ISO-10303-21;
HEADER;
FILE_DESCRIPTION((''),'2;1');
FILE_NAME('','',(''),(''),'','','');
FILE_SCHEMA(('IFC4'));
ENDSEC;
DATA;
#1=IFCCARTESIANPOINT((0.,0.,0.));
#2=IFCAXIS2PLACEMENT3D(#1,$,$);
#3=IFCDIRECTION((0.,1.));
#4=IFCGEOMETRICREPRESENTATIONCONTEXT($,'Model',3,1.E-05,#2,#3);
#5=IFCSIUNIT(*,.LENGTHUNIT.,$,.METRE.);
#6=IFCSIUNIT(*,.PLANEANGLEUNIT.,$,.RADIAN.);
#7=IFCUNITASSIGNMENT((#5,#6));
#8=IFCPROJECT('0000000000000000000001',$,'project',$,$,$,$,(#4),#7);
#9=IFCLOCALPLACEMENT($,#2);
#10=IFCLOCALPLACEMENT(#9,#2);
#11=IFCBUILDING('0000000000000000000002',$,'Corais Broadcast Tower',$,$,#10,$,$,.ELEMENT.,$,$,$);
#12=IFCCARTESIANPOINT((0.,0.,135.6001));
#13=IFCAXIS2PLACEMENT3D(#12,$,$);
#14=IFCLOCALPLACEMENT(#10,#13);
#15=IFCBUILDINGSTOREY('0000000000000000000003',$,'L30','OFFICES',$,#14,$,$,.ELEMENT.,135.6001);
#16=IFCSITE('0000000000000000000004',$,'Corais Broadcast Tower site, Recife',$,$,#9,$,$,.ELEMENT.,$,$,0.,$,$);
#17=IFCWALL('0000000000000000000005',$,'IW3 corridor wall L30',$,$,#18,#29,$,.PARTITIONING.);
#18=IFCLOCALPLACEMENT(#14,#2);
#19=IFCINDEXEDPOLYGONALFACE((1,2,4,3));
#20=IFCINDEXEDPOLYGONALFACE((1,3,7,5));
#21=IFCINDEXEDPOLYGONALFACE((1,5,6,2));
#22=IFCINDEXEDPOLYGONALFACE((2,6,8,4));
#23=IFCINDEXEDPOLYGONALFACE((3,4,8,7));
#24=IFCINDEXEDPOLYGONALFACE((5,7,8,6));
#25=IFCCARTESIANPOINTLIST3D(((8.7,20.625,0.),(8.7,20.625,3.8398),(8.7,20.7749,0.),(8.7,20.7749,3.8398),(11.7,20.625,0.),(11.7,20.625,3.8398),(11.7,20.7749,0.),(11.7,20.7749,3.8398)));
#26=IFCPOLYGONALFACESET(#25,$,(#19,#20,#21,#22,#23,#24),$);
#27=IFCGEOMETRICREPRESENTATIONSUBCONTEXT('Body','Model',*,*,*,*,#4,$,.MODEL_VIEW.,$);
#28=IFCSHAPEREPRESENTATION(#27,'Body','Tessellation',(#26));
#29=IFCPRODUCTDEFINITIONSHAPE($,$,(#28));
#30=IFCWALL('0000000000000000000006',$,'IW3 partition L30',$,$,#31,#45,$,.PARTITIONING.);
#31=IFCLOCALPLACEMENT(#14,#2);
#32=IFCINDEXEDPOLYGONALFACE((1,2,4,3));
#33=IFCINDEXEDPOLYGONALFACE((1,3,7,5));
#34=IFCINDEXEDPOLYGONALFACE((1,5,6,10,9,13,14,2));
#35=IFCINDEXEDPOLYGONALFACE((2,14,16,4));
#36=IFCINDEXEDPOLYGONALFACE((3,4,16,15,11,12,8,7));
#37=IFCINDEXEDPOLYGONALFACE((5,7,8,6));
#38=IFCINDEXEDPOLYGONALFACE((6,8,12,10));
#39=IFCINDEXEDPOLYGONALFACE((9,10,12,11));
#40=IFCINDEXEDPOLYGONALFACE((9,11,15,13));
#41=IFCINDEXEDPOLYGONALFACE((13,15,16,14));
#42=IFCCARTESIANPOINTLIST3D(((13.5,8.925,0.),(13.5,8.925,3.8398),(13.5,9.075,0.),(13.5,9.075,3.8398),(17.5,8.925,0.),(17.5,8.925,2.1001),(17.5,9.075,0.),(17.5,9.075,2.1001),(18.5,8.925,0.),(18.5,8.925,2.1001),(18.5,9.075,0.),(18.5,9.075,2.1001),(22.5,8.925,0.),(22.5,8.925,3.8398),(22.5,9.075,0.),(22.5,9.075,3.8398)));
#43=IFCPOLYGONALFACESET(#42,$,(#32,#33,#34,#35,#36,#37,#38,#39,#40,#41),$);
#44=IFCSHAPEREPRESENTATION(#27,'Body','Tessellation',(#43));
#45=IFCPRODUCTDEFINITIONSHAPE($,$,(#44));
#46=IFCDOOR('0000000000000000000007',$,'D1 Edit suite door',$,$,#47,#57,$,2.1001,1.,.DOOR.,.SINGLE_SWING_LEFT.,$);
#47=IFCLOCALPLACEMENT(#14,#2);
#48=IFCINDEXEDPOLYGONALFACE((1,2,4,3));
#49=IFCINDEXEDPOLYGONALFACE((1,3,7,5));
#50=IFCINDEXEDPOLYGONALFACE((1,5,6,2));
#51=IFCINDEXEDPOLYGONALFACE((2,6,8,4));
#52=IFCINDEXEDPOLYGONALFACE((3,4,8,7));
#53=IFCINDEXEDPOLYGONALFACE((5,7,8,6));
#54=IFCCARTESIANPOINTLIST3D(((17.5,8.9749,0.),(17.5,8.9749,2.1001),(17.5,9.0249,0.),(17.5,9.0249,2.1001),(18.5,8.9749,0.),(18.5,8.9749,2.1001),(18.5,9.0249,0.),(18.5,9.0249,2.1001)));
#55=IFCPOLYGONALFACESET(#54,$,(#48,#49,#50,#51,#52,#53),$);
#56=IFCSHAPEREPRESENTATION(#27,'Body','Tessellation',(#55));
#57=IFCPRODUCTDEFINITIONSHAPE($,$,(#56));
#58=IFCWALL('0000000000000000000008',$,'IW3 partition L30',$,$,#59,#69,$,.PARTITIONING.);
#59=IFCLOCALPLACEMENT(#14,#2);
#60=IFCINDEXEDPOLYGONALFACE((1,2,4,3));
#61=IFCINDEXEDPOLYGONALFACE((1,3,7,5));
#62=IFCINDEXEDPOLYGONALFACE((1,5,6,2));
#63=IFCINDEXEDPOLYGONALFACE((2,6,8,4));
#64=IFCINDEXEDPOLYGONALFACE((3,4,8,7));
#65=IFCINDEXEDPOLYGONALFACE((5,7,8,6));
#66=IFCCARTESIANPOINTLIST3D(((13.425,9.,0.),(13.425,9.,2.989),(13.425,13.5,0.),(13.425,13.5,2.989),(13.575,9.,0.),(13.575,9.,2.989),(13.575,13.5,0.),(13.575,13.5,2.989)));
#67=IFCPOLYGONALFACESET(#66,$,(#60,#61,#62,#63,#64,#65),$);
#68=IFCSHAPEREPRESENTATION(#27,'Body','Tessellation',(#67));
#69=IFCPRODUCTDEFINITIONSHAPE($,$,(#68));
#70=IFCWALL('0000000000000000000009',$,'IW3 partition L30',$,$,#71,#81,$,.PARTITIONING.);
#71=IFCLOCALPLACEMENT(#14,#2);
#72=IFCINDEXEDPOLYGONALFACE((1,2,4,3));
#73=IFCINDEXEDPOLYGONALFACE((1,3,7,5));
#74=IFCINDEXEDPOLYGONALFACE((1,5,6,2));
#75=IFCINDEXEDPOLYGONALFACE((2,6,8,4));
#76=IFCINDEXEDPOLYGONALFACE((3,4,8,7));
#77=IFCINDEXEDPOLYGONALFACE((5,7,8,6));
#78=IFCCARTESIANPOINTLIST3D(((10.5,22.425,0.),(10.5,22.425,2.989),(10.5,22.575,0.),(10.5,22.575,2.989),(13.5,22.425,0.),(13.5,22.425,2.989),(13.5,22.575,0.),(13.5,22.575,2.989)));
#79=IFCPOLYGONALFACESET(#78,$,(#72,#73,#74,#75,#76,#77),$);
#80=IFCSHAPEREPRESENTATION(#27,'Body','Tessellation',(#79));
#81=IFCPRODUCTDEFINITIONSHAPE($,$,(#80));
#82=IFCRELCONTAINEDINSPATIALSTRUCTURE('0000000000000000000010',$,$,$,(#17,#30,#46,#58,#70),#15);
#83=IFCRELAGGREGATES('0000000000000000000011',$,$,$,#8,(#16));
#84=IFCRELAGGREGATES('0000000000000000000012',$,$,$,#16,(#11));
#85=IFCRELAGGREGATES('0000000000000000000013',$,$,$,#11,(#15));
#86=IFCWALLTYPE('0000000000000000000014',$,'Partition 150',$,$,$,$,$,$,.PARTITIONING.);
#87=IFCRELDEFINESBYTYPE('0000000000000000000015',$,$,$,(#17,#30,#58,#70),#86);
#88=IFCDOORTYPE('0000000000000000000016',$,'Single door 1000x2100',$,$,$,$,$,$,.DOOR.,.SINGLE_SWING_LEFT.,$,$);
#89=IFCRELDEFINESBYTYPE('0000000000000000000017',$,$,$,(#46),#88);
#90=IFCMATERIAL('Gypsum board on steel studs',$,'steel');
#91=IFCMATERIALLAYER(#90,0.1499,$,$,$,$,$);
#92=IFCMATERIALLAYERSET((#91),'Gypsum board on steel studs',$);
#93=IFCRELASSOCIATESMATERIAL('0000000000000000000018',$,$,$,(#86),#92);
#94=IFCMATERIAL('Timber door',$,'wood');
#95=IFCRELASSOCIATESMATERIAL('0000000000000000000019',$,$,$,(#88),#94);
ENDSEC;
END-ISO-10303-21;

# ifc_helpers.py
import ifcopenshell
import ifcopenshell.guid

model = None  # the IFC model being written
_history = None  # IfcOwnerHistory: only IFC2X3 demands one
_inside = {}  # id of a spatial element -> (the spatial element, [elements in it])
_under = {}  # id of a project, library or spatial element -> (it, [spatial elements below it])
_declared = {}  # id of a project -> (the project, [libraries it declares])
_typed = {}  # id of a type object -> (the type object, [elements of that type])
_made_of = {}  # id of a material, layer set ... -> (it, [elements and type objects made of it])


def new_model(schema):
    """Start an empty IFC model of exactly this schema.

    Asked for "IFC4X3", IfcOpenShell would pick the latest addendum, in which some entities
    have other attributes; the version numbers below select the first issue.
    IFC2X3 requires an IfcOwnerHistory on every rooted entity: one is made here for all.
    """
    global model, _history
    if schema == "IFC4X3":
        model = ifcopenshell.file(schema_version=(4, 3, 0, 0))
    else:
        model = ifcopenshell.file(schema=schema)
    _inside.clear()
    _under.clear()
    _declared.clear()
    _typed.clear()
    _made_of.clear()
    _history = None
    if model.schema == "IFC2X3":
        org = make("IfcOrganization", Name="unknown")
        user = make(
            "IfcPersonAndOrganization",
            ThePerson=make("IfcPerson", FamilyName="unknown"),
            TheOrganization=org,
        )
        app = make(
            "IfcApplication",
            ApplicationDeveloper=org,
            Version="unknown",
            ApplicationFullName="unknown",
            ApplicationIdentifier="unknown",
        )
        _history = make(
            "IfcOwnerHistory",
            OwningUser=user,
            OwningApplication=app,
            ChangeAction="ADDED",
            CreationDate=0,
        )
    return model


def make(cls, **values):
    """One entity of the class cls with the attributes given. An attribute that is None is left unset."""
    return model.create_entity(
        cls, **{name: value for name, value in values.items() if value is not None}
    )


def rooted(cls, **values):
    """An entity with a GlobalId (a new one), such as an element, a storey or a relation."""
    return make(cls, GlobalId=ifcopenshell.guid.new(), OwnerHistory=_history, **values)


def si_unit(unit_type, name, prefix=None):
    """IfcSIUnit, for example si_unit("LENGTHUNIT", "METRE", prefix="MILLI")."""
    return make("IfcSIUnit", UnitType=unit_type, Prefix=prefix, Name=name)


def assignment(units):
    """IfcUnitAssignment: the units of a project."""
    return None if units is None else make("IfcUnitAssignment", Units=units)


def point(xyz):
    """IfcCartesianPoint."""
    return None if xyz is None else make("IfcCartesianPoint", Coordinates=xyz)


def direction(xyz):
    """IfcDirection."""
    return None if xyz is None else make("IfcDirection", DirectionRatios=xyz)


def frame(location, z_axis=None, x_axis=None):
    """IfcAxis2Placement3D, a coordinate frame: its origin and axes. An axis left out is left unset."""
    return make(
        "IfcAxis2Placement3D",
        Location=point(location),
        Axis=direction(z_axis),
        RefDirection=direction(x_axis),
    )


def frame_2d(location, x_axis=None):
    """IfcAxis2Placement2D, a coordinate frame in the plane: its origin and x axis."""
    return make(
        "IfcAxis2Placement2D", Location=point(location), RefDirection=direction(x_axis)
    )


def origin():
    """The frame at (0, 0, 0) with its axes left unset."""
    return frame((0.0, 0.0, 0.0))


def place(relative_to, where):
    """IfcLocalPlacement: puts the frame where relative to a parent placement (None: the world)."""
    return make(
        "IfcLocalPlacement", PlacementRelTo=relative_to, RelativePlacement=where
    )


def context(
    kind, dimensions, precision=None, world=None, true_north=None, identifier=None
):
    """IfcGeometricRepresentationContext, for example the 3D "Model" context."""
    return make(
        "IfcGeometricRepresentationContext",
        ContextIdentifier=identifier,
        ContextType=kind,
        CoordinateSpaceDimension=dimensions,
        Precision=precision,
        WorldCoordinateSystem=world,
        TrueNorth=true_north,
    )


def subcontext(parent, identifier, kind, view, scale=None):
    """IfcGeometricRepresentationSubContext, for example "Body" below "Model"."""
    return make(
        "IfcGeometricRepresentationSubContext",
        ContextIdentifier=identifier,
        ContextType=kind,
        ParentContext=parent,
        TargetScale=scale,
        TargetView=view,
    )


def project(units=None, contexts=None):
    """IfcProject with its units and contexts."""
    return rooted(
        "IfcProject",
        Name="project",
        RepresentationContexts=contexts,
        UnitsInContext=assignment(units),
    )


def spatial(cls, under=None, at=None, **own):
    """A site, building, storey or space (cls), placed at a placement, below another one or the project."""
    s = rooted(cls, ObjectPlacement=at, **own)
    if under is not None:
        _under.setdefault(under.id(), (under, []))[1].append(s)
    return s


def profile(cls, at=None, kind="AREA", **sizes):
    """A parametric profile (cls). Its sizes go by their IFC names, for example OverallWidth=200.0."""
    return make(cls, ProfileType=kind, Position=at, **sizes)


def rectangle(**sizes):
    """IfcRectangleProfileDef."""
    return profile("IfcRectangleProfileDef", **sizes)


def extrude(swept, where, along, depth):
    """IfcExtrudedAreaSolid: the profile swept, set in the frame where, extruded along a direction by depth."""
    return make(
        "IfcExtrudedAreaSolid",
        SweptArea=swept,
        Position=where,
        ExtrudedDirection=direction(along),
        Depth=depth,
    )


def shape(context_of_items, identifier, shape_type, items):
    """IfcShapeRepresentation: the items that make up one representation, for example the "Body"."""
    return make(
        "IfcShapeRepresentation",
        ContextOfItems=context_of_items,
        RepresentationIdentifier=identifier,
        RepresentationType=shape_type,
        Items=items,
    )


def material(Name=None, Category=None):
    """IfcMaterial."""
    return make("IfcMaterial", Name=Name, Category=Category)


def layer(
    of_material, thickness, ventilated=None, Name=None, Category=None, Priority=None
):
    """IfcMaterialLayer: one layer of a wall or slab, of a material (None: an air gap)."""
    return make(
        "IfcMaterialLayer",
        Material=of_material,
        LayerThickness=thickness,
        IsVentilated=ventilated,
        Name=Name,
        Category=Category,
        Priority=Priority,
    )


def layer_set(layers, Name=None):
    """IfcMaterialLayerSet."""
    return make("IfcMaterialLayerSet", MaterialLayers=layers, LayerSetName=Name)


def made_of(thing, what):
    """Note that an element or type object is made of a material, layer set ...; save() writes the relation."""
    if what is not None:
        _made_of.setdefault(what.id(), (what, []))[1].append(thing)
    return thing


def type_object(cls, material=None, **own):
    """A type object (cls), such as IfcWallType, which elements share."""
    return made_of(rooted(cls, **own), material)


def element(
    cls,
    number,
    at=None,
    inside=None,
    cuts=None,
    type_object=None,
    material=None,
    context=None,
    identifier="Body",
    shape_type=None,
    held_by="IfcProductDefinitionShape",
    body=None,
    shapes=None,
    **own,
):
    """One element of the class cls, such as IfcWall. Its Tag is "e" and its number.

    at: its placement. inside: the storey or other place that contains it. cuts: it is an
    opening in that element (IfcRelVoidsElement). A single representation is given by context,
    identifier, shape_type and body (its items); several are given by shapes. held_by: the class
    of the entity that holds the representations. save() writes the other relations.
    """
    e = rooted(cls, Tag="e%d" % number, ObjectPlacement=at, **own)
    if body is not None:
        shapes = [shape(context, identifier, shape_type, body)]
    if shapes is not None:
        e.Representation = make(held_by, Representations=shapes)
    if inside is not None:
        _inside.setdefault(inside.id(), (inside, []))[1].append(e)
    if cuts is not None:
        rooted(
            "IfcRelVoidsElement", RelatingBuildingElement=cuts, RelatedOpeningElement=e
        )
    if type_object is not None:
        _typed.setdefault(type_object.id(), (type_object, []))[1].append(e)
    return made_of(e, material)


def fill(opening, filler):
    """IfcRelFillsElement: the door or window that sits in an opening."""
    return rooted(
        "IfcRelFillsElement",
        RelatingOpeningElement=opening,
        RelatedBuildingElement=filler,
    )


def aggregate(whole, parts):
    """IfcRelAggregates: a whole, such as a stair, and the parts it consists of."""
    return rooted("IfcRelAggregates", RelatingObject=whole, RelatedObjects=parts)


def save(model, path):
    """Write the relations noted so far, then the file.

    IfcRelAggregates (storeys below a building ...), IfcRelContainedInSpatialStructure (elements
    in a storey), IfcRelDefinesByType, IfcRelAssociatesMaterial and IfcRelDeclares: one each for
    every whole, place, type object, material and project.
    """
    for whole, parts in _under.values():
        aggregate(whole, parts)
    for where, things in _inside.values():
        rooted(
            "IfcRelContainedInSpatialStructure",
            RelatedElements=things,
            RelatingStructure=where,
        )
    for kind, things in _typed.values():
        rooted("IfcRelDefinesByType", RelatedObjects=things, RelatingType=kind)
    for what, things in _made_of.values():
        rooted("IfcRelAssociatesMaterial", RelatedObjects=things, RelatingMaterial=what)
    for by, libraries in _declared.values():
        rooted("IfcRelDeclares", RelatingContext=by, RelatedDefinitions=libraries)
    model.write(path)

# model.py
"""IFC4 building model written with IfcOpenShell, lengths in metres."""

from ifc_helpers import new_model, si_unit, direction, frame, frame_2d, origin, place, context, subcontext, project, spatial, rectangle, extrude, material, layer, layer_set, type_object, element, fill, save


model = new_model("IFC4")

# Units and contexts
model_context = context("Model", 3, precision=1e-05, world=origin(), true_north=direction((0.0, 1.0)))
body_context = subcontext(model_context, "Body", "Model", "MODEL_VIEW")
ifc_project = project(units=[si_unit("LENGTHUNIT", "METRE"), si_unit("PLANEANGLEUNIT", "RADIAN")], contexts=[model_context])

# Site, building, storey
site_placement = place(None, origin())
site = spatial("IfcSite", under=ifc_project, at=site_placement, Name="Corais Broadcast Tower site, Recife", CompositionType="ELEMENT", RefElevation=0.0)
building_placement = place(site_placement, origin())
building = spatial("IfcBuilding", under=site, at=building_placement, Name="Corais Broadcast Tower", CompositionType="ELEMENT")
storey_placement = place(building_placement, frame((0.0, 0.0, 135.6001)))
storey = spatial("IfcBuildingStorey", under=building, at=storey_placement, Name="L30", Description="OFFICES", CompositionType="ELEMENT", Elevation=135.6001)

# Shared definitions
ifc_material_1 = material(Name="Gypsum board on steel studs", Category="steel")
ifc_layer_1 = layer(ifc_material_1, 0.1499)
ifc_layer_set_1 = layer_set([ifc_layer_1], Name="Gypsum board on steel studs")
wall_type_1 = type_object("IfcWallType", Name="Partition 150", PredefinedType="PARTITIONING", material=ifc_layer_set_1)
ifc_material_2 = material(Name="Timber door", Category="wood")
door_type = type_object("IfcDoorType", Name="Single door 1000x2100", OperationType="SINGLE_SWING_LEFT", PredefinedType="DOOR", material=ifc_material_2)

# Wall
wall_1_placement = place(storey_placement, frame((8.7, 20.7, 0.0), z_axis=(0.0, 0.0, 1.0), x_axis=(1.0, 0.0, 0.0)))
element("IfcWall", 1, at=wall_1_placement, inside=storey, type_object=wall_type_1, Name="IW3 corridor wall L30", PredefinedType="PARTITIONING", context=body_context, shape_type="SweptSolid", body=[
    extrude(rectangle(XDim=3.0, YDim=0.1499, at=frame_2d((1.5, 0.0))), origin(), (0.0, 0.0, 1.0), 3.8398),
])

# Wall, opening, door
wall_2_placement = place(storey_placement, frame((13.5, 9.0, 0.0), z_axis=(0.0, 0.0, 1.0), x_axis=(1.0, 0.0, 0.0)))
wall_2 = element("IfcWall", 2, at=wall_2_placement, inside=storey, type_object=wall_type_1, Name="IW3 partition L30", PredefinedType="PARTITIONING", context=body_context, shape_type="SweptSolid", body=[
    extrude(rectangle(XDim=9.0, YDim=0.1499, at=frame_2d((4.5, 0.0))), origin(), (0.0, 0.0, 1.0), 3.8398),
])
opening_1_placement = place(wall_2_placement, frame((4.0, 0.0, 0.0)))
opening_1 = element("IfcOpeningElement", 3, at=opening_1_placement, cuts=wall_2, PredefinedType="OPENING", context=body_context, shape_type="SweptSolid", body=[
    extrude(rectangle(XDim=1.0, YDim=2.1001, at=frame_2d((0.5, 1.05))), frame((0.0, 0.085, 0.0), z_axis=(0.0, -1.0, 0.0), x_axis=(1.0, 0.0, 0.0)), (0.0, 0.0, 1.0), 0.1699),
])
door_1_placement = place(opening_1_placement, origin())
door_1 = element("IfcDoor", 4, at=door_1_placement, inside=storey, type_object=door_type, Name="D1 Edit suite door", OperationType="SINGLE_SWING_LEFT", OverallHeight=2.1001, OverallWidth=1.0, PredefinedType="DOOR", context=body_context, shape_type="SweptSolid", body=[
    extrude(rectangle(XDim=1.0, YDim=2.1001, at=frame_2d((0.5, 1.05))), frame((0.0, 0.0249, 0.0), z_axis=(0.0, -1.0, 0.0), x_axis=(1.0, 0.0, 0.0)), (0.0, 0.0, 1.0), 0.05),
])
fill(opening_1, door_1)

# Walls
wall_3_placement = place(storey_placement, frame((13.5, 13.5, 0.0), z_axis=(0.0, 0.0, 1.0), x_axis=(0.0, -1.0, 0.0)))
element("IfcWall", 5, at=wall_3_placement, inside=storey, type_object=wall_type_1, Name="IW3 partition L30", PredefinedType="PARTITIONING", context=body_context, shape_type="SweptSolid", body=[
    extrude(rectangle(XDim=4.5, YDim=0.1499, at=frame_2d((2.25, 0.0))), origin(), (0.0, 0.0, 1.0), 2.989),
])
wall_4_placement = place(storey_placement, frame((10.5, 22.5, 0.0), z_axis=(0.0, 0.0, 1.0), x_axis=(1.0, 0.0, 0.0)))
element("IfcWall", 6, at=wall_4_placement, inside=storey, type_object=wall_type_1, Name="IW3 partition L30", PredefinedType="PARTITIONING", context=body_context, shape_type="SweptSolid", body=[
    extrude(rectangle(XDim=3.0, YDim=0.1499, at=frame_2d((1.5, 0.0))), origin(), (0.0, 0.0, 1.0), 2.989),
])

save(model, "model.ifc")
